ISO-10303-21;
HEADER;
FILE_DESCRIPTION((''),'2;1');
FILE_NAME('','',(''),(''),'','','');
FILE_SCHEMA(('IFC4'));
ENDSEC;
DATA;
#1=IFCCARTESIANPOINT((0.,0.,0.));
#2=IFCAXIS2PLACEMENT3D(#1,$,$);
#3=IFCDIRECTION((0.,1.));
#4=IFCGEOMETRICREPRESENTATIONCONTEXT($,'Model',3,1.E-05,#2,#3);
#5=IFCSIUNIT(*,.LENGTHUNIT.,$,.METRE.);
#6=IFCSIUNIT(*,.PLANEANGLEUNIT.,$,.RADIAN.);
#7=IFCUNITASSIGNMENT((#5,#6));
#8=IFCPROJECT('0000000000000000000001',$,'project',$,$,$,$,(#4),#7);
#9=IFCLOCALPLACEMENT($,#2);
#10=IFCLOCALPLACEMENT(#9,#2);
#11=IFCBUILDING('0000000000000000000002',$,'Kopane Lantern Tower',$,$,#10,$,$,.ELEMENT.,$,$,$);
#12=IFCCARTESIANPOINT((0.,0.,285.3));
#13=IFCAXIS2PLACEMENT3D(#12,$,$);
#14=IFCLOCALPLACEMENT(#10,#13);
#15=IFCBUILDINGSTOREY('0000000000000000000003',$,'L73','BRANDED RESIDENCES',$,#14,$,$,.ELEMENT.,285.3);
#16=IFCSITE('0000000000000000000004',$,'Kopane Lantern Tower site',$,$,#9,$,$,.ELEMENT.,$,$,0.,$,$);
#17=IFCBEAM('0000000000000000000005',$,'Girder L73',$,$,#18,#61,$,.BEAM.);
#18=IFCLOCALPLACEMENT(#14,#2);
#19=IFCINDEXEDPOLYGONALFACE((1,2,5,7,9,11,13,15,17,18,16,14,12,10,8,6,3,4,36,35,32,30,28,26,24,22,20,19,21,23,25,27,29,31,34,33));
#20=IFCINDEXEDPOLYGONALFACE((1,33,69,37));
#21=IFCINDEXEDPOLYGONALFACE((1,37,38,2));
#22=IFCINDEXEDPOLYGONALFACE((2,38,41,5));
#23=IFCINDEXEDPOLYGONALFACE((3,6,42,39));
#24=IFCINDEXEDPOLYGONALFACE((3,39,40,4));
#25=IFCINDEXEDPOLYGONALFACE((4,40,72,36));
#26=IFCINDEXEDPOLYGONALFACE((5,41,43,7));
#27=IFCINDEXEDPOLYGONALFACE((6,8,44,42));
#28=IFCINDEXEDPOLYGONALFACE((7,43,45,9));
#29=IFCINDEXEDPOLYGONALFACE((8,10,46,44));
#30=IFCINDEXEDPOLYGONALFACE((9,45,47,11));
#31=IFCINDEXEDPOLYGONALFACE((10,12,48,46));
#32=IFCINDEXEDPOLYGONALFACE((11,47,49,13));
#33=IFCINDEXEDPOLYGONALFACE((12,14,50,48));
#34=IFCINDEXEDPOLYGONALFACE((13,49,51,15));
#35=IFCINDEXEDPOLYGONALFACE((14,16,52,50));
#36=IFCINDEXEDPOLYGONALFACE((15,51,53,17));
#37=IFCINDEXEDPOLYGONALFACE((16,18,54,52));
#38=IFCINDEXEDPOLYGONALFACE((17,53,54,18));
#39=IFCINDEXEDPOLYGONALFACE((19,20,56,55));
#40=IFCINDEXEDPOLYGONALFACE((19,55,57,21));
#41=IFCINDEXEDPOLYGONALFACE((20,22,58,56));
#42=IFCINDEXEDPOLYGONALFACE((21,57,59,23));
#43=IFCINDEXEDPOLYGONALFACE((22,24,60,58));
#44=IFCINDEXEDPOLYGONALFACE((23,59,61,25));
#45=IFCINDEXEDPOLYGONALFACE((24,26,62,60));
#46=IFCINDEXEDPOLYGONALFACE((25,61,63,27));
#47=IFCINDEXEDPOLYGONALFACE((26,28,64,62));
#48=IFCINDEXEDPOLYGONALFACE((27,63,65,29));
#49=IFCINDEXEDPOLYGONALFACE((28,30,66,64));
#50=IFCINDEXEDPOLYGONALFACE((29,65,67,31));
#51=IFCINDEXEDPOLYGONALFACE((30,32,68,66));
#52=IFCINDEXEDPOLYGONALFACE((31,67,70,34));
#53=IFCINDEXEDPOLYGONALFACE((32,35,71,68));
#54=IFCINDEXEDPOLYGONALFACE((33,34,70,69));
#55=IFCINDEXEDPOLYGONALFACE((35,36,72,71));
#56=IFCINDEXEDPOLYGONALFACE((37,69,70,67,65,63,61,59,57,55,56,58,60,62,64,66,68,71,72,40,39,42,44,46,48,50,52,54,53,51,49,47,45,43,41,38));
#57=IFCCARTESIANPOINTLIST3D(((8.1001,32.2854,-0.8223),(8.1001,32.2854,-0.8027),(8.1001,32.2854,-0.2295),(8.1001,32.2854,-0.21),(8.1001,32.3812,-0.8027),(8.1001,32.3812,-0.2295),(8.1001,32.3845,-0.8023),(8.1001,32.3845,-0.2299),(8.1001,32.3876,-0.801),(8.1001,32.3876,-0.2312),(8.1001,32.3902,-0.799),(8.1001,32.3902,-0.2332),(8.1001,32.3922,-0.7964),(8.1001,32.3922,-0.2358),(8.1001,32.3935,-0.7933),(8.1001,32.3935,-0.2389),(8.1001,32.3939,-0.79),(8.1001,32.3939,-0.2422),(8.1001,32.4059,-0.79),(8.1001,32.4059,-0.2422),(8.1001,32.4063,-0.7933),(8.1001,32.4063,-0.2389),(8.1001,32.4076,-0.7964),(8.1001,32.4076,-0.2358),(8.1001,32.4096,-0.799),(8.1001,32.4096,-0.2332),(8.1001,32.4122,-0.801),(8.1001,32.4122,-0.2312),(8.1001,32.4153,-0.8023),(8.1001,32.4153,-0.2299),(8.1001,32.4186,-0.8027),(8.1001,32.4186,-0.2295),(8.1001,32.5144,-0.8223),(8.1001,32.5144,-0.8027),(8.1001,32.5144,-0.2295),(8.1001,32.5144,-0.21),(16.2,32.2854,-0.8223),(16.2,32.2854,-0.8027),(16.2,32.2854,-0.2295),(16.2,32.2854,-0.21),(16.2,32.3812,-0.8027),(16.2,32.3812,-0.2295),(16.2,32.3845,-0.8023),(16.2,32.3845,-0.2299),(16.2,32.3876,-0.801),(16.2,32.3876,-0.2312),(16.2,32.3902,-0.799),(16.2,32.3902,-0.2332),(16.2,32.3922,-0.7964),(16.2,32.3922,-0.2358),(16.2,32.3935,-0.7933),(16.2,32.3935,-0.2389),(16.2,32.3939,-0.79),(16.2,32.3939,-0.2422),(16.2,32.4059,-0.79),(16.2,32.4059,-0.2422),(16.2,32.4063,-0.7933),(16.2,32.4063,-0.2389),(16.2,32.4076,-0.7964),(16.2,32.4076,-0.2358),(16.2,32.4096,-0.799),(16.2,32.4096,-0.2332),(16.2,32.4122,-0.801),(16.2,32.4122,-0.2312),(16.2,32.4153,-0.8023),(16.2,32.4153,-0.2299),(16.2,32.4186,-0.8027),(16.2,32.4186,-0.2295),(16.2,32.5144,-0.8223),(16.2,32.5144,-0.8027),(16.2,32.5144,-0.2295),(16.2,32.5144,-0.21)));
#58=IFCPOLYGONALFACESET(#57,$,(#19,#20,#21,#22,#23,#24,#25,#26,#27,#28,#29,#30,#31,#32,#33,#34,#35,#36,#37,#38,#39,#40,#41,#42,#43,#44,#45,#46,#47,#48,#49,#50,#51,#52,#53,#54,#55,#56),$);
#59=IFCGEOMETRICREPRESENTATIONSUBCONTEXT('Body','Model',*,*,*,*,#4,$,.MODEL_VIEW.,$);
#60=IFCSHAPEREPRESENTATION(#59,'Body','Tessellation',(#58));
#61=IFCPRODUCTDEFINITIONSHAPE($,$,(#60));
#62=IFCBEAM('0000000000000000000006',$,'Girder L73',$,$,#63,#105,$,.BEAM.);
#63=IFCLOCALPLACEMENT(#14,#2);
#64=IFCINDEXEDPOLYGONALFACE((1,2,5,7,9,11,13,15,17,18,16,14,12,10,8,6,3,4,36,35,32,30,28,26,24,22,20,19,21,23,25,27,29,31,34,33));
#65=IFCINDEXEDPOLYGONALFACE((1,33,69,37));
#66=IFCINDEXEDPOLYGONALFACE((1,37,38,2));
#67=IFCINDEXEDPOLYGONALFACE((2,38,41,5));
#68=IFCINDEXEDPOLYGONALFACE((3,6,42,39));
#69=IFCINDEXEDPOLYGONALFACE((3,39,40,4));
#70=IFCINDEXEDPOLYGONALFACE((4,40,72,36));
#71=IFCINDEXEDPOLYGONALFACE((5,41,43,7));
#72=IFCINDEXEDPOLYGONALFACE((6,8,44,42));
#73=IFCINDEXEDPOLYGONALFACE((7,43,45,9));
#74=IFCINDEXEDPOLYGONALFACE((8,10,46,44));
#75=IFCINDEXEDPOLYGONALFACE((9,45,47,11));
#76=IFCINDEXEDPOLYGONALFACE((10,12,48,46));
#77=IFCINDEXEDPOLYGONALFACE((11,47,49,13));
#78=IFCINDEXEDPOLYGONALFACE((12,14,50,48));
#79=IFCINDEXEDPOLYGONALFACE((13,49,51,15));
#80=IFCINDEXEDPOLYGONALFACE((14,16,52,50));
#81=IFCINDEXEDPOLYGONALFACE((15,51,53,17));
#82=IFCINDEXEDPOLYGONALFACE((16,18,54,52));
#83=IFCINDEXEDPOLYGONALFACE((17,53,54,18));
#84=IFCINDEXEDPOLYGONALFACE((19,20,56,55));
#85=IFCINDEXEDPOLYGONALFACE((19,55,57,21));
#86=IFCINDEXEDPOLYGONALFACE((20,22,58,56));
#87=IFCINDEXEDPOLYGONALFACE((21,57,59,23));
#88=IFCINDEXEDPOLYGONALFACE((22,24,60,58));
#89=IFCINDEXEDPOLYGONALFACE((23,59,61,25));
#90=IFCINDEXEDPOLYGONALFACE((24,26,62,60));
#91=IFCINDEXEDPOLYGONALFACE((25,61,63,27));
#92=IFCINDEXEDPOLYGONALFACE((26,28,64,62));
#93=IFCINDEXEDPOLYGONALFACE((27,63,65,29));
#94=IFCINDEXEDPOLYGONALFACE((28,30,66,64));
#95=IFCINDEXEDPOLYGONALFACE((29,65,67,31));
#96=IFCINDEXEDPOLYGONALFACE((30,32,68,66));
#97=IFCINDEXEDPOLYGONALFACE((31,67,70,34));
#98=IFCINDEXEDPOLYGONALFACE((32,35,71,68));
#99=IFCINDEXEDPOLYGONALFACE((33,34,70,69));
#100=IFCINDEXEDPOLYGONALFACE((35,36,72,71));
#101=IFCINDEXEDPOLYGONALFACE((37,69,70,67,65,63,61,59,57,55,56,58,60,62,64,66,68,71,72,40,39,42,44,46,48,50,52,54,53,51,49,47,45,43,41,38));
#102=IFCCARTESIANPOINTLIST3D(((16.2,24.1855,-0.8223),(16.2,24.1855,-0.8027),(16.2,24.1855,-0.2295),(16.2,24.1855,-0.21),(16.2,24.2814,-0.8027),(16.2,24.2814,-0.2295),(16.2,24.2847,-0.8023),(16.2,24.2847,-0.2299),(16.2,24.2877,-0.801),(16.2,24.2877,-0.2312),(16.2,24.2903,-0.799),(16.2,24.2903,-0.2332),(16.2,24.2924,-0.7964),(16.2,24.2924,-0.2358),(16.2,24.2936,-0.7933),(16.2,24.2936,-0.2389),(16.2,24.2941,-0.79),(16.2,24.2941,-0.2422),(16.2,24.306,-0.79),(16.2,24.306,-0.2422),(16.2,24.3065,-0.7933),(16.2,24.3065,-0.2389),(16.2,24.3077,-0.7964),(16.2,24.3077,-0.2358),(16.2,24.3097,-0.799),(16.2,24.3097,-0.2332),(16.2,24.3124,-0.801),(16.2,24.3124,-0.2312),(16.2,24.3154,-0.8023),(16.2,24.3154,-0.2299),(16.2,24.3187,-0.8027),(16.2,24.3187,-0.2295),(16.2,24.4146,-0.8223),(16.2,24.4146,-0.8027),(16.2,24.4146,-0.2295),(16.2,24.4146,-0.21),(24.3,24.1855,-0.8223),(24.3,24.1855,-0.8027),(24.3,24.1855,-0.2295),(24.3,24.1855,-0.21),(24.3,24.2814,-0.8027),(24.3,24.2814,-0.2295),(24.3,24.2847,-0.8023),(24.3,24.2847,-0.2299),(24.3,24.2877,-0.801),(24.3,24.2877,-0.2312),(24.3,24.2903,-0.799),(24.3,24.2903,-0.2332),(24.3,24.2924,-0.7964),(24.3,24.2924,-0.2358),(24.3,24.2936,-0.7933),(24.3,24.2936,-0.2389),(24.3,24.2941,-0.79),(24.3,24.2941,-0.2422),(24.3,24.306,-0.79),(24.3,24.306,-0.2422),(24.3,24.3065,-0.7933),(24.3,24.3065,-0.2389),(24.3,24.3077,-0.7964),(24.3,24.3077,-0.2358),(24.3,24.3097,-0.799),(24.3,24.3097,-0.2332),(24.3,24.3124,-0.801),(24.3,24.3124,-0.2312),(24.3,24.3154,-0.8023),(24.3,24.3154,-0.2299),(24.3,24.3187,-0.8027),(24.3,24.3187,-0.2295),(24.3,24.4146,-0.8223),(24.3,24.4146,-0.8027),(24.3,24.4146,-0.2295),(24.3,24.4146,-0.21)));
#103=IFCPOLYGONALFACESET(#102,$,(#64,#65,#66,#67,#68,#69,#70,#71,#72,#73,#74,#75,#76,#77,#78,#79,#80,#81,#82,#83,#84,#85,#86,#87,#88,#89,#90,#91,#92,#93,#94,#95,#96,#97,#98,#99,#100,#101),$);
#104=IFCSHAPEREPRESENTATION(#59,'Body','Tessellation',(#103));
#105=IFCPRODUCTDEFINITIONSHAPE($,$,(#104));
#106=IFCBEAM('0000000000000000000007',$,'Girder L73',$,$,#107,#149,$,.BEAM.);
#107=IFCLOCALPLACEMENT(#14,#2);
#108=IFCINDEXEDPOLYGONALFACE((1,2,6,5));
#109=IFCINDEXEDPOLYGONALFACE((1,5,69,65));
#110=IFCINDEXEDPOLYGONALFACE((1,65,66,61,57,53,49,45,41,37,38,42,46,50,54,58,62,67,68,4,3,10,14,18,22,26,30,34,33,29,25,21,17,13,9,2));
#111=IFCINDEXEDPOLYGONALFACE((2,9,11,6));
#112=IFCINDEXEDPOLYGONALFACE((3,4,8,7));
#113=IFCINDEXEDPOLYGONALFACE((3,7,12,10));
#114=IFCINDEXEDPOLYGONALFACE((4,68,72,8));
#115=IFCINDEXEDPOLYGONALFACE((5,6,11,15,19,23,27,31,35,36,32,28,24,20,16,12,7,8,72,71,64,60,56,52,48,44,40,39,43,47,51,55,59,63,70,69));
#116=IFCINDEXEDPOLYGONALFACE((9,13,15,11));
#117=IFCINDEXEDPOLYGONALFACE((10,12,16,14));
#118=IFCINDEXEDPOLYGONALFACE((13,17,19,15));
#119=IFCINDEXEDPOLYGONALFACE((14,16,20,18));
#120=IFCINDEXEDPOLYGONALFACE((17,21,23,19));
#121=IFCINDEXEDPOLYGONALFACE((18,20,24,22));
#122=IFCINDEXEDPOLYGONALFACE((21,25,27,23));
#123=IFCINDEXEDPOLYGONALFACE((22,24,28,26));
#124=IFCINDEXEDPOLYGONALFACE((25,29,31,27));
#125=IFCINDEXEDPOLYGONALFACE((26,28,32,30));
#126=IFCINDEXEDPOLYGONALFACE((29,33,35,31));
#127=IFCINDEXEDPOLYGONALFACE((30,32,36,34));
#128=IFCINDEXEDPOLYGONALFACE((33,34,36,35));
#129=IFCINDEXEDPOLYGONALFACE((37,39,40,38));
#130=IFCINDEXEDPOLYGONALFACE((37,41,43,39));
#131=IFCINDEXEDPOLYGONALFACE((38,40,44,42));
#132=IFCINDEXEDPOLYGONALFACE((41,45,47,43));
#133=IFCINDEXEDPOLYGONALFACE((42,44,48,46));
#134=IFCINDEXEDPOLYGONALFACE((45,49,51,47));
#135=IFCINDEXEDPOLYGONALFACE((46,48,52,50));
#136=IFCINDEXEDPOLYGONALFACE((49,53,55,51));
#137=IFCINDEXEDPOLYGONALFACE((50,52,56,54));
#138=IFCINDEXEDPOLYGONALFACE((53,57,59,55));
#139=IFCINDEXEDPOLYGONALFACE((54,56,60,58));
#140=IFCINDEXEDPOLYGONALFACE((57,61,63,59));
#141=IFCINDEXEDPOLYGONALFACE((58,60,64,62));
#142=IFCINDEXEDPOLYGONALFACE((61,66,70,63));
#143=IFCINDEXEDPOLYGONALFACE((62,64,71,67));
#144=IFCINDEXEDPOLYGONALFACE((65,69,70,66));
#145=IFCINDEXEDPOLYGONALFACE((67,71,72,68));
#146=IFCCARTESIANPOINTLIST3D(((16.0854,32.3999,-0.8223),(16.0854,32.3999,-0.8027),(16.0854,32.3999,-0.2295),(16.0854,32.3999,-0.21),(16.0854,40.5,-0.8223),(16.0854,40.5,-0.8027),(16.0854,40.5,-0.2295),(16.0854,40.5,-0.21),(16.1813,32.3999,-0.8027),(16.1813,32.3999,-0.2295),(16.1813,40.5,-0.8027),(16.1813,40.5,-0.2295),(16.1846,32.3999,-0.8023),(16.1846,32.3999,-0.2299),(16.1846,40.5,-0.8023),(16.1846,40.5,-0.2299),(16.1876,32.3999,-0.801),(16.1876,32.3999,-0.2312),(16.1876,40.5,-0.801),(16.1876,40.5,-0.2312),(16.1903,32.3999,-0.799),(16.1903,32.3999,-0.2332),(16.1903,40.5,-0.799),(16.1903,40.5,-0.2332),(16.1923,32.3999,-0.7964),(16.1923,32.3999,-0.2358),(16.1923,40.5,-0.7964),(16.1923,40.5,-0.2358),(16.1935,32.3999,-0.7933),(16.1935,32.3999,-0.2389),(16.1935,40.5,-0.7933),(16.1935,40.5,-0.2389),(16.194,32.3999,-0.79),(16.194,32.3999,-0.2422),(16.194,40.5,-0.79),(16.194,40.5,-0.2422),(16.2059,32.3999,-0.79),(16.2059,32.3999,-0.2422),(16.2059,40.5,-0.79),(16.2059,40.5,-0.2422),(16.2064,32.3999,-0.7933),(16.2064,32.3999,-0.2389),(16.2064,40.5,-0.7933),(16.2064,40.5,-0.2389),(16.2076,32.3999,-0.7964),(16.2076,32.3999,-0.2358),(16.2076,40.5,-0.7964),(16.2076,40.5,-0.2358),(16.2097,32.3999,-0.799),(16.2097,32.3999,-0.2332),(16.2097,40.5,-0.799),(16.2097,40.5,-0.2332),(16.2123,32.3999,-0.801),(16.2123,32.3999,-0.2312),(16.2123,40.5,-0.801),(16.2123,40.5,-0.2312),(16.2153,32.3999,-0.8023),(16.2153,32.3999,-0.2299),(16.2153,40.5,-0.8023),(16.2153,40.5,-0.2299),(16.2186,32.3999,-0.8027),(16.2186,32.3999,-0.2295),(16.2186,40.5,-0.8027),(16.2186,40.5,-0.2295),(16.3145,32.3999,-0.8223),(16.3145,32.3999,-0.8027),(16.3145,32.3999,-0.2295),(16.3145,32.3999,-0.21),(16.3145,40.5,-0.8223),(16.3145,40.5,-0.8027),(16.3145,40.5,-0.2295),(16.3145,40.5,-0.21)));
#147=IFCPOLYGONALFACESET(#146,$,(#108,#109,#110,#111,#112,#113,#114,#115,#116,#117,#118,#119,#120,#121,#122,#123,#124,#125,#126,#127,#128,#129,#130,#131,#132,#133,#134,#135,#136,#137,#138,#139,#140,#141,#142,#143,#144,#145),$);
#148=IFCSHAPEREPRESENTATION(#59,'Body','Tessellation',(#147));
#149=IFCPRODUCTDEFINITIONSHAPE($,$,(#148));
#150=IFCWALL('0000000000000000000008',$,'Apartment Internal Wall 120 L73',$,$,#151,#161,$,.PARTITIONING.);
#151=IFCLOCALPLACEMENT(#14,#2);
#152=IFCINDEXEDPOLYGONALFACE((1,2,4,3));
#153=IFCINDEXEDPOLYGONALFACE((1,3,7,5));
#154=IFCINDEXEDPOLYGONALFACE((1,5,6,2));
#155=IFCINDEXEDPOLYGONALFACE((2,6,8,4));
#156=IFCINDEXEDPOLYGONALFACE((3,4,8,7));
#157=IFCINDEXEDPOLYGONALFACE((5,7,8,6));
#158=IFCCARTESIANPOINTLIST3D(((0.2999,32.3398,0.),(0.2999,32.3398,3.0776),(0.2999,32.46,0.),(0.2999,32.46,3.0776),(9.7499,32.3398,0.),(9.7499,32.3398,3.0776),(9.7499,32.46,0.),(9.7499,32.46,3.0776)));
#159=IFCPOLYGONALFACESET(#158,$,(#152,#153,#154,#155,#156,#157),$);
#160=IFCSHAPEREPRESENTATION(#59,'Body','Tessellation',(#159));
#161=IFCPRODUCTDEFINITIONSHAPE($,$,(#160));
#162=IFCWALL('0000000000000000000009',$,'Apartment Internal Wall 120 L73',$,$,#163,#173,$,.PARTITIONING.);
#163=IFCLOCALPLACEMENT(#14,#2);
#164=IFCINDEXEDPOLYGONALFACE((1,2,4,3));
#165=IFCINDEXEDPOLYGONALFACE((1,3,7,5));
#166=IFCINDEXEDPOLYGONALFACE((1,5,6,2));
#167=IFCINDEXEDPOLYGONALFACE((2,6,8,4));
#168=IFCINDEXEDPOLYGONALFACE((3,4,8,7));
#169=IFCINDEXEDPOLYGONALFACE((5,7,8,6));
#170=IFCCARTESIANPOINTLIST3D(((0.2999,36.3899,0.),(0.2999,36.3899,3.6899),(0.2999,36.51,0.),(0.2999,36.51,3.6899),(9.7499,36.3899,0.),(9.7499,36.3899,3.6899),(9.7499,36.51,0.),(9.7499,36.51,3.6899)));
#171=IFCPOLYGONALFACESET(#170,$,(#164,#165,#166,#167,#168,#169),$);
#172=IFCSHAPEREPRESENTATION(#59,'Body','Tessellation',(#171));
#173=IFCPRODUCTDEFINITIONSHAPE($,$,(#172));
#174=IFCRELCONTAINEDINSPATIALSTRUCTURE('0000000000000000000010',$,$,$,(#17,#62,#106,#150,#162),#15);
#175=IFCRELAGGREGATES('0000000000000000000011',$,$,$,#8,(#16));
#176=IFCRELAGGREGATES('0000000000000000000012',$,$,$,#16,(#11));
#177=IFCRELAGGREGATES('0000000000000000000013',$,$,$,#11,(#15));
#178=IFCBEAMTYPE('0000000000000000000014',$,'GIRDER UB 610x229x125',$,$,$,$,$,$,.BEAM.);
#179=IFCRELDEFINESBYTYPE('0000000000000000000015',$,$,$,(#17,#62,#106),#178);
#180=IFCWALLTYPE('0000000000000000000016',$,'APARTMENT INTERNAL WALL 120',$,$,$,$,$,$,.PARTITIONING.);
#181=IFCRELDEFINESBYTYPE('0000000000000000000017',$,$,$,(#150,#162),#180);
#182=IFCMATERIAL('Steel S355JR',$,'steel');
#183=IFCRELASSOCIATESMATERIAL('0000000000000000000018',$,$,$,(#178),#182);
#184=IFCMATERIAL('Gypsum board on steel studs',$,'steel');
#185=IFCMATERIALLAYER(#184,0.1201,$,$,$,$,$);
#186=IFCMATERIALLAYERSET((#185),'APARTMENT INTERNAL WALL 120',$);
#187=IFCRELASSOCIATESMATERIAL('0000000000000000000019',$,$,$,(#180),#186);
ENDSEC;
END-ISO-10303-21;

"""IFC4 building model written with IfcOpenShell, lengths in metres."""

from ifc_helpers import new_model, si_unit, direction, frame, frame_2d, origin, origin_2d, place, context, subcontext, project, spatial, rectangle, i_section, extrude, material, layer, layer_set, material_profile, profile_set, type_object, element, save


model = new_model("IFC4")

# Units and contexts
model_context = context("Model", 3, precision=1e-05, world=origin(), true_north=direction((0.0, 1.0)))
body_context = subcontext(model_context, "Body", "Model", "MODEL_VIEW")
ifc_project = project(units=[si_unit("LENGTHUNIT", "METRE"), si_unit("PLANEANGLEUNIT", "RADIAN")], contexts=[model_context])

# Site, building, storey
site_placement = place(None, origin())
site = spatial("IfcSite", under=ifc_project, at=site_placement, Name="Kopane Lantern Tower site", CompositionType="ELEMENT", RefElevation=0.0)
building_placement = place(site_placement, origin())
building = spatial("IfcBuilding", under=site, at=building_placement, Name="Kopane Lantern Tower", CompositionType="ELEMENT")
storey_placement = place(building_placement, frame((0.0, 0.0, 285.3)))
storey = spatial("IfcBuildingStorey", under=building, at=storey_placement, Name="L73", Description="BRANDED RESIDENCES", CompositionType="ELEMENT", Elevation=285.3)

# Beams
ifc_material_1 = material(Name="Steel S355JR", Category="steel")
ifc_material_profile_1 = material_profile(ifc_material_1, i_section(OverallWidth=0.229, OverallDepth=0.6123, WebThickness=0.012, FlangeThickness=0.0195, FilletRadius=0.0127, at=origin_2d()), Name="UB 610x229x125")
ifc_profile_set_1 = profile_set([ifc_material_profile_1], Name="Steel S355JR")
beam_type_1 = type_object("IfcBeamType", Name="GIRDER UB 610x229x125", PredefinedType="BEAM", material=ifc_profile_set_1)
beam_1_placement = place(storey_placement, frame((8.1001, 32.3999, -0.5161), z_axis=(1.0, 0.0, 0.0), x_axis=(0.0, 1.0, 0.0)))
element("IfcBeam", 1, at=beam_1_placement, inside=storey, type_object=beam_type_1, Name="Girder L73", PredefinedType="BEAM", context=body_context, shape_type="SweptSolid", body=[
    extrude(i_section(OverallWidth=0.229, OverallDepth=0.6123, WebThickness=0.012, FlangeThickness=0.0195, FilletRadius=0.0127, at=origin_2d()), origin(), (0.0, 0.0, 1.0), 8.0999),
])
for number, where, z_axis, x_axis, name in (
    (2, (16.2, 24.3, -0.5161), (1.0, 0.0, 0.0), (0.0, 1.0, 0.0), "Girder L73"),
    (3, (16.2, 32.3999, -0.5161), (0.0, 1.0, 0.0), (-1.0, 0.0, 0.0), "Girder L73"),
):
    element("IfcBeam", number, at=place(storey_placement, frame(where, z_axis=z_axis, x_axis=x_axis)), inside=storey, type_object=beam_type_1, Name=name, PredefinedType="BEAM", context=body_context, shape_type="SweptSolid", body=[
        extrude(i_section(OverallWidth=0.229, OverallDepth=0.6123, WebThickness=0.012, FlangeThickness=0.0195, FilletRadius=0.0127, at=origin_2d()), origin(), (0.0, 0.0, 1.0), 8.1001),
    ])

# Walls
ifc_material_2 = material(Name="Gypsum board on steel studs", Category="steel")
ifc_layer_1 = layer(ifc_material_2, 0.1201)
ifc_layer_set_1 = layer_set([ifc_layer_1], Name="APARTMENT INTERNAL WALL 120")
wall_type_1 = type_object("IfcWallType", Name="APARTMENT INTERNAL WALL 120", PredefinedType="PARTITIONING", material=ifc_layer_set_1)
wall_1_placement = place(storey_placement, frame((9.75, 32.3999, 0.0), z_axis=(0.0, 0.0, 1.0), x_axis=(-1.0, 0.0, 0.0)))
element("IfcWall", 4, at=wall_1_placement, inside=storey, type_object=wall_type_1, Name="Apartment Internal Wall 120 L73", PredefinedType="PARTITIONING", context=body_context, shape_type="SweptSolid", body=[
    extrude(rectangle(XDim=9.45, YDim=0.1201, at=frame_2d((4.7251, 0.0))), origin(), (0.0, 0.0, 1.0), 3.0776),
])
wall_2_placement = place(storey_placement, frame((9.75, 36.45, 0.0), z_axis=(0.0, 0.0, 1.0), x_axis=(-1.0, 0.0, 0.0)))
element("IfcWall", 5, at=wall_2_placement, inside=storey, type_object=wall_type_1, Name="Apartment Internal Wall 120 L73", PredefinedType="PARTITIONING", context=body_context, shape_type="SweptSolid", body=[
    extrude(rectangle(XDim=9.45, YDim=0.1201, at=frame_2d((4.7251, 0.0))), origin(), (0.0, 0.0, 1.0), 3.6899),
])

save(model, "model.ifc")
